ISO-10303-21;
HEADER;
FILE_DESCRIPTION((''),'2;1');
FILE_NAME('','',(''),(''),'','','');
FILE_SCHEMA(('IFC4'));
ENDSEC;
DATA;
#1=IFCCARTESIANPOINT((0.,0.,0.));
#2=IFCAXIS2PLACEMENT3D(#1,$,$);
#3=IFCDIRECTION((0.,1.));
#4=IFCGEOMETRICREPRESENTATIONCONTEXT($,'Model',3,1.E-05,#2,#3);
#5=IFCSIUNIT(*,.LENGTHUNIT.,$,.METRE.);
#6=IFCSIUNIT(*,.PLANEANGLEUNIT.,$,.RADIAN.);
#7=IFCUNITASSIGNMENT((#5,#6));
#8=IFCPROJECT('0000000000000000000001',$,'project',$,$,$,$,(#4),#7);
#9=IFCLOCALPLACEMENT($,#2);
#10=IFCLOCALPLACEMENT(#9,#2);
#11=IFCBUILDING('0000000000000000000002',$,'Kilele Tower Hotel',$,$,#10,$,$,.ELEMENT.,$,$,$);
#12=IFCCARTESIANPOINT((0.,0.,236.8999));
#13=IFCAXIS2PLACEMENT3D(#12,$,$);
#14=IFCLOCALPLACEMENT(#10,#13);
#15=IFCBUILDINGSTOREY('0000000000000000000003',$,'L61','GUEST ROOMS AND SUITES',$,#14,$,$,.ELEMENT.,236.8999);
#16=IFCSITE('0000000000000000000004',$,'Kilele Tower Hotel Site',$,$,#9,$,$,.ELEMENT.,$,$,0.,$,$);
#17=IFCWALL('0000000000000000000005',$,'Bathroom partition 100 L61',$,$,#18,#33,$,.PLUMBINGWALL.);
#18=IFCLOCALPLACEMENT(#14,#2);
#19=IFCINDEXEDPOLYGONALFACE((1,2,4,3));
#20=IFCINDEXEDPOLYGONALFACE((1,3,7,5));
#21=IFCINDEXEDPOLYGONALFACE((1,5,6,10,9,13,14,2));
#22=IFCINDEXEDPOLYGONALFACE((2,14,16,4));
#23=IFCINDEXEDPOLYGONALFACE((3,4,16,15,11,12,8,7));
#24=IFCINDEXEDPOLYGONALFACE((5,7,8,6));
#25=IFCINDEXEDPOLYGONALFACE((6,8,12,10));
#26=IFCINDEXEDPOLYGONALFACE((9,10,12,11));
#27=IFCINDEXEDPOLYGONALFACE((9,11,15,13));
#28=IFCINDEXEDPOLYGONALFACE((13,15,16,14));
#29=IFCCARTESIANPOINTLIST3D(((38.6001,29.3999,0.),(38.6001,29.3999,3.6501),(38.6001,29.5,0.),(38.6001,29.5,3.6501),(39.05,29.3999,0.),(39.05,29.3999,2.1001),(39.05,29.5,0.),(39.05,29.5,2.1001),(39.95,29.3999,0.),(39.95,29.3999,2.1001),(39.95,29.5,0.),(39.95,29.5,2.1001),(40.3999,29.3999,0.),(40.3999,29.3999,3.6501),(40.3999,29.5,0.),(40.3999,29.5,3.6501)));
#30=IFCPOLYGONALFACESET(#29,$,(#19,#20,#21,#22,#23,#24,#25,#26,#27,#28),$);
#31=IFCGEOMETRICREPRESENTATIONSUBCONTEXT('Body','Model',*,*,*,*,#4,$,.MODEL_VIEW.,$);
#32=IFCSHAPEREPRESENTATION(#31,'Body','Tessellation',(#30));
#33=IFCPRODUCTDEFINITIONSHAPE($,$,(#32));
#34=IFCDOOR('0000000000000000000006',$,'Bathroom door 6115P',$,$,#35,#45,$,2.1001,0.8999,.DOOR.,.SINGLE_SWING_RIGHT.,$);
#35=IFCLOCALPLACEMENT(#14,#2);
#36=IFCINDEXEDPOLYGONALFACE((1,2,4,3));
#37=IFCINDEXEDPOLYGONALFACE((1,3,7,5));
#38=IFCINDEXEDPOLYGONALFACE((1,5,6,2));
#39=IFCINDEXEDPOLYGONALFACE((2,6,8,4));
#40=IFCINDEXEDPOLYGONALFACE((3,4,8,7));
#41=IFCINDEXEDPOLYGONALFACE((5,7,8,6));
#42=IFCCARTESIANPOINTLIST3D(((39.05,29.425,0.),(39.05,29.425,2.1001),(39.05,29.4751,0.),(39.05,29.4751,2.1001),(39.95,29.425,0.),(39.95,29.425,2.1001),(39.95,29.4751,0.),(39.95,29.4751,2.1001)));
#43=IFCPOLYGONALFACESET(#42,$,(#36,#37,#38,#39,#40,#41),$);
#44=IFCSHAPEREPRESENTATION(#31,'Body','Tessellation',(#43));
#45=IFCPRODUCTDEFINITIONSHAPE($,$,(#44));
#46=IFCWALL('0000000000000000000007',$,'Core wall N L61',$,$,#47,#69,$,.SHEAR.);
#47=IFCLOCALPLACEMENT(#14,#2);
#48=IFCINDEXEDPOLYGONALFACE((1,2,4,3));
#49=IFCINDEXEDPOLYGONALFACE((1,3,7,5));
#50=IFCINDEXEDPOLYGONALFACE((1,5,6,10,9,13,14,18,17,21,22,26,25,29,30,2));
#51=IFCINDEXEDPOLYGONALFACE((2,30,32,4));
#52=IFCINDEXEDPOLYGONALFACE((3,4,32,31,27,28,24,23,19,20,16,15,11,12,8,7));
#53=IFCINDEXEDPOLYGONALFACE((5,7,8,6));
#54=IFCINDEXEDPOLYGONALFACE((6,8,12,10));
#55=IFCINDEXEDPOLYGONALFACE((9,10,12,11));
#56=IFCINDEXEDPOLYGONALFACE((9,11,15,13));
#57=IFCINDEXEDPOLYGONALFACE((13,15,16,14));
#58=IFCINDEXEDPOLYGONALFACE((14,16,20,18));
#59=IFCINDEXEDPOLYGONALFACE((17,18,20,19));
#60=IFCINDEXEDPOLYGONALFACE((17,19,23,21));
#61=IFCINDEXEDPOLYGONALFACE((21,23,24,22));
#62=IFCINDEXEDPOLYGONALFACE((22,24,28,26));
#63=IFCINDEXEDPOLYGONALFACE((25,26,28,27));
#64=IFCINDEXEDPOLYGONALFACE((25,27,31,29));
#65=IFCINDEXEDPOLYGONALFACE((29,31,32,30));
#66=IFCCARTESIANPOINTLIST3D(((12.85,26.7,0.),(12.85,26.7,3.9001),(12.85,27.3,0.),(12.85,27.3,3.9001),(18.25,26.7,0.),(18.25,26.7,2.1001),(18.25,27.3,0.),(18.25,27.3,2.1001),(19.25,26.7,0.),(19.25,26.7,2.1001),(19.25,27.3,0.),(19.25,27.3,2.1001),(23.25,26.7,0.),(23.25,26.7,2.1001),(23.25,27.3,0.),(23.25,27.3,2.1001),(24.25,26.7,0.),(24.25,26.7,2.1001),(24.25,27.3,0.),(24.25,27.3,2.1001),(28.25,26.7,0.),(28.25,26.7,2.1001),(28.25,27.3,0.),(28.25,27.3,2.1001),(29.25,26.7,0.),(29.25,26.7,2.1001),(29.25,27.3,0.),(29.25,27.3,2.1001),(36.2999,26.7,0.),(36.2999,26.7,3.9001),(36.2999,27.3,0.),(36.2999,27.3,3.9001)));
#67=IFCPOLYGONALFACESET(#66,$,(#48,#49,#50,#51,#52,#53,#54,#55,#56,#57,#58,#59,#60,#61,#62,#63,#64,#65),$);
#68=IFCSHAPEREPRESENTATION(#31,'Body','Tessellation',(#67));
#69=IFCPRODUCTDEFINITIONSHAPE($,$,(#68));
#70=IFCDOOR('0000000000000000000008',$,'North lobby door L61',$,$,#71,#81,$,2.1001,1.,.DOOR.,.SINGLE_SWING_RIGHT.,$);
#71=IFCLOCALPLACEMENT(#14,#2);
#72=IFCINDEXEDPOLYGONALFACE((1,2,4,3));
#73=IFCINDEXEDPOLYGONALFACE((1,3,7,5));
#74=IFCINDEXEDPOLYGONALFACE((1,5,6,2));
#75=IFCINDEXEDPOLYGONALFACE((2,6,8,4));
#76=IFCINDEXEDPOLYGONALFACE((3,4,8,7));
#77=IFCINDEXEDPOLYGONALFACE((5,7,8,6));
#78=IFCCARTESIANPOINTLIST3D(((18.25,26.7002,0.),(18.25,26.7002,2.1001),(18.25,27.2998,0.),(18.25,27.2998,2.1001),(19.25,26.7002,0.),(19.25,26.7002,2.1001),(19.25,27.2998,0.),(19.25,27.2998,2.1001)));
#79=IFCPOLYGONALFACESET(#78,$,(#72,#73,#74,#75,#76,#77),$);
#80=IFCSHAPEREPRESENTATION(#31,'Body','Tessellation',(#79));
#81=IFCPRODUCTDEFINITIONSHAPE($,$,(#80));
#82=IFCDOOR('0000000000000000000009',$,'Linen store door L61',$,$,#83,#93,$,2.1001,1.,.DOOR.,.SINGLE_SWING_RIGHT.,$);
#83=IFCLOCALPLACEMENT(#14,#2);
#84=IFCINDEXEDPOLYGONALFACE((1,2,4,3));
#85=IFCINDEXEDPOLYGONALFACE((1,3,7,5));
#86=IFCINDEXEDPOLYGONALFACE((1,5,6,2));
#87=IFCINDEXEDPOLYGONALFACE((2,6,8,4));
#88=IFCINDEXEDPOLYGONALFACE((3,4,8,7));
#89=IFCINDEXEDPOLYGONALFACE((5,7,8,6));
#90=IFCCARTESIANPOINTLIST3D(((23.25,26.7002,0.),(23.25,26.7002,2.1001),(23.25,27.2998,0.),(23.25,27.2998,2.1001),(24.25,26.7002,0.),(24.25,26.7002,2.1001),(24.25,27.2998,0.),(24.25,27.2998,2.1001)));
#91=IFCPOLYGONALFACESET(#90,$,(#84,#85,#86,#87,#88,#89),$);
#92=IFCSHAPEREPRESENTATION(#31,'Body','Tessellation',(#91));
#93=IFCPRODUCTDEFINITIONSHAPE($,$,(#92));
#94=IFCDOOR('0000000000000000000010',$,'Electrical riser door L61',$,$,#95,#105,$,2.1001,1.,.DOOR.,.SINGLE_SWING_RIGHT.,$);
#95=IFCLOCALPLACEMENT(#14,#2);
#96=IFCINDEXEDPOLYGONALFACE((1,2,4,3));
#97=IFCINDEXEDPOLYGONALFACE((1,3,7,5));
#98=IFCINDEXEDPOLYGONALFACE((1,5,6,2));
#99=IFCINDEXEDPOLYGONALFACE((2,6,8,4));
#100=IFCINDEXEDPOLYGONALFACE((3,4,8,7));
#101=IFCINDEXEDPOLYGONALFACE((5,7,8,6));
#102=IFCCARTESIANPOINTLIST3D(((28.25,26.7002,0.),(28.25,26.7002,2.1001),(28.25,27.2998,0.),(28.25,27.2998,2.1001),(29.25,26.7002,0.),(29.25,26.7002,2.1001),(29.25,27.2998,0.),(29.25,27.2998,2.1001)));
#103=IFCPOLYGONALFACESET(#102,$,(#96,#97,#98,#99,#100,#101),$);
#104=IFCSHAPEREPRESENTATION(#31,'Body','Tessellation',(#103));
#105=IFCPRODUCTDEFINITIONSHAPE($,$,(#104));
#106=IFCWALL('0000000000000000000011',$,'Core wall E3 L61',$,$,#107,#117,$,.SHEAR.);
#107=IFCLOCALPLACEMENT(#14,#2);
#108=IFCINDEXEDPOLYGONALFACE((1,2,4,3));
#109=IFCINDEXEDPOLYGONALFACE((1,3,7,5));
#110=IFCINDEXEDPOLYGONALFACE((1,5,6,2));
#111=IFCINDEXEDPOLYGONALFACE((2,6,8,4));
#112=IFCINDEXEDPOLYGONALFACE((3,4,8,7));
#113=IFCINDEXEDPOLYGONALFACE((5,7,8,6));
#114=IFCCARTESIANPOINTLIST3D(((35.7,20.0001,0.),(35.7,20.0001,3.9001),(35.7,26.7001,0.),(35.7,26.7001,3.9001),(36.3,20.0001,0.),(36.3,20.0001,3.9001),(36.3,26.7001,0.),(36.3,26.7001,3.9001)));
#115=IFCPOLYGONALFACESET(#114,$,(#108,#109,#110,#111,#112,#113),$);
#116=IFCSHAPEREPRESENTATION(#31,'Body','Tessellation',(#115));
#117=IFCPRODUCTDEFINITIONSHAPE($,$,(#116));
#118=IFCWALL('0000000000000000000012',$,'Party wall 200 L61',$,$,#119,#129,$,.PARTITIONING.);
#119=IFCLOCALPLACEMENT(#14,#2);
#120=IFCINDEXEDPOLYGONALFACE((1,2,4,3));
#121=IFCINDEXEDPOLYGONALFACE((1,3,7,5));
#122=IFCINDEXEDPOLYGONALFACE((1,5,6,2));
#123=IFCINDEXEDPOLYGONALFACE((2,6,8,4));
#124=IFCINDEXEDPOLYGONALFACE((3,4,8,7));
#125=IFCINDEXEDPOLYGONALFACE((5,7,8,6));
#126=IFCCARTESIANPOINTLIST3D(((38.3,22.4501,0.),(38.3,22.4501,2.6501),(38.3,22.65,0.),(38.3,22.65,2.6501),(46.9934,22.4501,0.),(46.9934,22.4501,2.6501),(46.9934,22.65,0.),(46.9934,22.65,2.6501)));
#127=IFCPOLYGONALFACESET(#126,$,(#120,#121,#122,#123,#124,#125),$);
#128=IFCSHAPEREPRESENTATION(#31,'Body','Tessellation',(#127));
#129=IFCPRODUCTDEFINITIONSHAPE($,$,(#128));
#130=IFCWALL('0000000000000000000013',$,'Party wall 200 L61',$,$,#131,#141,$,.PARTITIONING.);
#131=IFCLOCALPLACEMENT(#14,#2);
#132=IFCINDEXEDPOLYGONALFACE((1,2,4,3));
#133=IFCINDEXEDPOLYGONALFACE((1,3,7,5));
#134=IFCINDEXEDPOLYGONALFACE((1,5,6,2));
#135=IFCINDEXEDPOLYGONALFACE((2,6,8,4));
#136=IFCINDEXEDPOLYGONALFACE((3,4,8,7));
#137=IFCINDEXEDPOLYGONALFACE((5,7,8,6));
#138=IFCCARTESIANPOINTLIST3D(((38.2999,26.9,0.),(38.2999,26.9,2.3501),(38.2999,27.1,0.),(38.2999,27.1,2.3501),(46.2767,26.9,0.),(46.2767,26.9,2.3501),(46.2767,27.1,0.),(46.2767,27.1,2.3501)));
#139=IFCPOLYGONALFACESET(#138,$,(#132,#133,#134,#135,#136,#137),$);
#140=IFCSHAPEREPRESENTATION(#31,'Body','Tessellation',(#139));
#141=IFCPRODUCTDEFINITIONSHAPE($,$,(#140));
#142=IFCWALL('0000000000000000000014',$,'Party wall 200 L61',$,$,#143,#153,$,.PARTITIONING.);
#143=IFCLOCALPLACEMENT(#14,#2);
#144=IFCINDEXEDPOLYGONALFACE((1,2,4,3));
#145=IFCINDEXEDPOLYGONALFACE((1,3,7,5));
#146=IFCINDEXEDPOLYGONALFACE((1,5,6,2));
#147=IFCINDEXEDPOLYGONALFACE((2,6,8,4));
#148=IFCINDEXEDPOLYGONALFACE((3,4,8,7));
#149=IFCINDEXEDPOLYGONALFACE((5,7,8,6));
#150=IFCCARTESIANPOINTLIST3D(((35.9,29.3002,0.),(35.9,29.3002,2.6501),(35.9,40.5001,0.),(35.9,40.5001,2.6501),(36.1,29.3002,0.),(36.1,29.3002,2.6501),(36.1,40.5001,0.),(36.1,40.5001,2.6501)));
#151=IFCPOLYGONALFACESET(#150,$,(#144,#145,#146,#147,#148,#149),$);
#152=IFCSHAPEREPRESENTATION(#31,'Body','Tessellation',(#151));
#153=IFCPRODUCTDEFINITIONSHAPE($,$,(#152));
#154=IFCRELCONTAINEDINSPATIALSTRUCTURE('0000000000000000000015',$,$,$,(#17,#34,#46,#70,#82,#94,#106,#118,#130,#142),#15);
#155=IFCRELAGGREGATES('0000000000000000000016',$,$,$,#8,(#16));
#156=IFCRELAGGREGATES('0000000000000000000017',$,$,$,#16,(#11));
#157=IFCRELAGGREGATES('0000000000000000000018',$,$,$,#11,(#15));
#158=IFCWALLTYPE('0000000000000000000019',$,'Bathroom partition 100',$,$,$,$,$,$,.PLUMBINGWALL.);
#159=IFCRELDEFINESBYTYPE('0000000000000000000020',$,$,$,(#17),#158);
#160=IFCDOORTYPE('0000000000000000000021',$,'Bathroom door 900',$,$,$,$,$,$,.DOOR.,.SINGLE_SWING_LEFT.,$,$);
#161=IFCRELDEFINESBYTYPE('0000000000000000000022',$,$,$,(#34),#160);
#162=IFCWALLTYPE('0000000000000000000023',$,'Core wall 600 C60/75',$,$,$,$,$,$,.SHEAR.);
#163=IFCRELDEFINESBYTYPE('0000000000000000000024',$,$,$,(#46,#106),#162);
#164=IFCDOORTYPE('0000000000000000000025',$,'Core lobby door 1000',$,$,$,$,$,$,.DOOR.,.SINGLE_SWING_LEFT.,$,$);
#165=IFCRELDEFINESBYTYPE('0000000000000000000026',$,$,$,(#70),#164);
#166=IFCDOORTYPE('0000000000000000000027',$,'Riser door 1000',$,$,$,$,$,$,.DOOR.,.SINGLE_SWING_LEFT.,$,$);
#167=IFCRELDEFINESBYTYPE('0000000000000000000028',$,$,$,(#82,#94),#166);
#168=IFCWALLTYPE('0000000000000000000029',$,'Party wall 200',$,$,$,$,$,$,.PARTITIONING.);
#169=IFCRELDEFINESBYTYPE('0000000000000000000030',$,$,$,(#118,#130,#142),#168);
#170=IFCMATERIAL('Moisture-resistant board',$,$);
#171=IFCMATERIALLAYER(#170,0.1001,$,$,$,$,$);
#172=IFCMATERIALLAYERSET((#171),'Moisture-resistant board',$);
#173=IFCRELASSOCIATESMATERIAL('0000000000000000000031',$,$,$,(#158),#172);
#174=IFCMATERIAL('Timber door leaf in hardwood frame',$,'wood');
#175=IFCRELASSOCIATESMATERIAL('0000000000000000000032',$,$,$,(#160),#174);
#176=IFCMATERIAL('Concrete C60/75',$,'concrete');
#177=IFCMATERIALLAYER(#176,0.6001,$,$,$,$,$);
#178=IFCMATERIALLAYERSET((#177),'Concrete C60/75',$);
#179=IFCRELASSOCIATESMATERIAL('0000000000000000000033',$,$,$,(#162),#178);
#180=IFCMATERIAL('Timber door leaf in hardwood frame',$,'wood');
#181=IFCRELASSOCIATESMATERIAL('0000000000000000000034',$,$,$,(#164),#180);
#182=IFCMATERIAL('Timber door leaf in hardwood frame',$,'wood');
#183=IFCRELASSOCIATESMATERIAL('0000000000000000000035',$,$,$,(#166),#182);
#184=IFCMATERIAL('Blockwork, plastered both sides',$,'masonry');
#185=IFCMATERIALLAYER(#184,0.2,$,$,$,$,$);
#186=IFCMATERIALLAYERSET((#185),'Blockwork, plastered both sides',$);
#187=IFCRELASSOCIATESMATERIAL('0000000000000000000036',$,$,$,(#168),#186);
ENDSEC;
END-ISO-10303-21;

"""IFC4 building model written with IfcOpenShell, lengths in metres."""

from ifc_helpers import new_model, si_unit, direction, frame, frame_2d, origin, place, context, subcontext, project, spatial, rectangle, extrude, material, layer, layer_set, type_object, element, fill, save


model = new_model("IFC4")

# Units and contexts
model_context = context("Model", 3, precision=1e-05, world=origin(), true_north=direction((0.0, 1.0)))
body_context = subcontext(model_context, "Body", "Model", "MODEL_VIEW")
ifc_project = project(units=[si_unit("LENGTHUNIT", "METRE"), si_unit("PLANEANGLEUNIT", "RADIAN")], contexts=[model_context])

# Site, building, storey
site_placement = place(None, origin())
site = spatial("IfcSite", under=ifc_project, at=site_placement, Name="Kilele Tower Hotel Site", CompositionType="ELEMENT", RefElevation=0.0)
building_placement = place(site_placement, origin())
building = spatial("IfcBuilding", under=site, at=building_placement, Name="Kilele Tower Hotel", CompositionType="ELEMENT")
storey_placement = place(building_placement, frame((0.0, 0.0, 236.8999)))
storey = spatial("IfcBuildingStorey", under=building, at=storey_placement, Name="L61", Description="GUEST ROOMS AND SUITES", CompositionType="ELEMENT", Elevation=236.8999)

# Shared definitions
ifc_material_1 = material(Name="Moisture-resistant board")
ifc_layer_1 = layer(ifc_material_1, 0.1001)
ifc_layer_set_1 = layer_set([ifc_layer_1], Name="Moisture-resistant board")
wall_type_1 = type_object("IfcWallType", Name="Bathroom partition 100", PredefinedType="PLUMBINGWALL", material=ifc_layer_set_1)

# Wall, opening, door
ifc_material_2 = material(Name="Timber door leaf in hardwood frame", Category="wood")
door_type_1 = type_object("IfcDoorType", Name="Bathroom door 900", OperationType="SINGLE_SWING_LEFT", PredefinedType="DOOR", material=ifc_material_2)
wall_1_placement = place(storey_placement, frame((38.6001, 29.45, 0.0), z_axis=(0.0, 0.0, 1.0), x_axis=(1.0, 0.0, 0.0)))
wall_1 = element("IfcWall", 1, at=wall_1_placement, inside=storey, type_object=wall_type_1, Name="Bathroom partition 100 L61", PredefinedType="PLUMBINGWALL", context=body_context, shape_type="SweptSolid", body=[
    extrude(rectangle(XDim=1.7998, YDim=0.1001, at=frame_2d((0.8999, 0.0))), origin(), (0.0, 0.0, 1.0), 3.6501),
])
opening_1_placement = place(wall_1_placement, frame((1.3499, 0.0, 0.0), z_axis=(0.0, 0.0, 1.0), x_axis=(-1.0, 0.0, 0.0)))
opening_1 = element("IfcOpeningElement", 2, at=opening_1_placement, cuts=wall_1, PredefinedType="OPENING", context=body_context, shape_type="SweptSolid", body=[
    extrude(rectangle(XDim=0.8999, YDim=2.1001, at=frame_2d((0.45, 1.05))), frame((0.0, 0.0601, 0.0), z_axis=(0.0, -1.0, 0.0), x_axis=(1.0, 0.0, 0.0)), (0.0, 0.0, 1.0), 0.1201),
])
door_1_placement = place(opening_1_placement, origin())
door_1 = element("IfcDoor", 3, at=door_1_placement, inside=storey, type_object=door_type_1, Name="Bathroom door 6115P", OperationType="SINGLE_SWING_RIGHT", OverallHeight=2.1001, OverallWidth=0.8999, PredefinedType="DOOR", context=body_context, shape_type="SweptSolid", body=[
    extrude(rectangle(XDim=0.8999, YDim=2.1001, at=frame_2d((0.45, 1.05))), frame((0.0, 0.0249, 0.0), z_axis=(0.0, -1.0, 0.0), x_axis=(1.0, 0.0, 0.0)), (0.0, 0.0, 1.0), 0.05),
])
fill(opening_1, door_1)

# Wall, openings, doors
ifc_material_3 = material(Name="Concrete C60/75", Category="concrete")
ifc_layer_2 = layer(ifc_material_3, 0.6001)
ifc_layer_set_2 = layer_set([ifc_layer_2], Name="Concrete C60/75")
wall_type_2 = type_object("IfcWallType", Name="Core wall 600 C60/75", PredefinedType="SHEAR", material=ifc_layer_set_2)
wall_2_placement = place(storey_placement, frame((36.3, 27.0, 0.0), z_axis=(0.0, 0.0, 1.0), x_axis=(-1.0, 0.0, 0.0)))
wall_2 = element("IfcWall", 4, at=wall_2_placement, inside=storey, type_object=wall_type_2, Name="Core wall N L61", PredefinedType="SHEAR", context=body_context, shape_type="SweptSolid", body=[
    extrude(rectangle(XDim=23.45, YDim=0.6001, at=frame_2d((11.7251, 0.0))), origin(), (0.0, 0.0, 1.0), 3.9001),
])
opening_2_placement = place(wall_2_placement, frame((17.05, 0.0, 0.0)))
opening_2 = element("IfcOpeningElement", 5, at=opening_2_placement, cuts=wall_2, PredefinedType="OPENING", context=body_context, shape_type="SweptSolid", body=[
    extrude(rectangle(XDim=1.0, YDim=2.1001, at=frame_2d((0.5, 1.05))), frame((0.0, 0.3101, 0.0), z_axis=(0.0, -1.0, 0.0), x_axis=(1.0, 0.0, 0.0)), (0.0, 0.0, 1.0), 0.6201),
])
opening_3_placement = place(wall_2_placement, frame((12.05, 0.0, 0.0)))
opening_3 = element("IfcOpeningElement", 6, at=opening_3_placement, cuts=wall_2, PredefinedType="OPENING", context=body_context, shape_type="SweptSolid", body=[
    extrude(rectangle(XDim=1.0, YDim=2.1001, at=frame_2d((0.5, 1.05))), frame((0.0, 0.3101, 0.0), z_axis=(0.0, -1.0, 0.0), x_axis=(1.0, 0.0, 0.0)), (0.0, 0.0, 1.0), 0.6201),
])
opening_4_placement = place(wall_2_placement, frame((7.05, 0.0, 0.0)))
opening_4 = element("IfcOpeningElement", 7, at=opening_4_placement, cuts=wall_2, PredefinedType="OPENING", context=body_context, shape_type="SweptSolid", body=[
    extrude(rectangle(XDim=1.0, YDim=2.1001, at=frame_2d((0.5, 1.05))), frame((0.0, 0.3101, 0.0), z_axis=(0.0, -1.0, 0.0), x_axis=(1.0, 0.0, 0.0)), (0.0, 0.0, 1.0), 0.6201),
])
ifc_material_4 = material(Name="Timber door leaf in hardwood frame", Category="wood")
door_type_2 = type_object("IfcDoorType", Name="Core lobby door 1000", OperationType="SINGLE_SWING_LEFT", PredefinedType="DOOR", material=ifc_material_4)
door_2_placement = place(opening_2_placement, origin())
door_2 = element("IfcDoor", 8, at=door_2_placement, inside=storey, type_object=door_type_2, Name="North lobby door L61", OperationType="SINGLE_SWING_RIGHT", OverallHeight=2.1001, OverallWidth=1.0, PredefinedType="DOOR", context=body_context, shape_type="SweptSolid", body=[
    extrude(rectangle(XDim=1.0, YDim=2.1001, at=frame_2d((0.5, 1.05))), frame((0.0, 0.2998, 0.0), z_axis=(0.0, -1.0, 0.0), x_axis=(1.0, 0.0, 0.0)), (0.0, 0.0, 1.0), 0.5996),
])
fill(opening_2, door_2)
ifc_material_5 = material(Name="Timber door leaf in hardwood frame", Category="wood")
door_type_3 = type_object("IfcDoorType", Name="Riser door 1000", OperationType="SINGLE_SWING_LEFT", PredefinedType="DOOR", material=ifc_material_5)
door_3_placement = place(opening_3_placement, origin())
door_3 = element("IfcDoor", 9, at=door_3_placement, inside=storey, type_object=door_type_3, Name="Linen store door L61", OperationType="SINGLE_SWING_RIGHT", OverallHeight=2.1001, OverallWidth=1.0, PredefinedType="DOOR", context=body_context, shape_type="SweptSolid", body=[
    extrude(rectangle(XDim=1.0, YDim=2.1001, at=frame_2d((0.5, 1.05))), frame((0.0, 0.2998, 0.0), z_axis=(0.0, -1.0, 0.0), x_axis=(1.0, 0.0, 0.0)), (0.0, 0.0, 1.0), 0.5996),
])
fill(opening_3, door_3)
door_4_placement = place(opening_4_placement, origin())
door_4 = element("IfcDoor", 10, at=door_4_placement, inside=storey, type_object=door_type_3, Name="Electrical riser door L61", OperationType="SINGLE_SWING_RIGHT", OverallHeight=2.1001, OverallWidth=1.0, PredefinedType="DOOR", context=body_context, shape_type="SweptSolid", body=[
    extrude(rectangle(XDim=1.0, YDim=2.1001, at=frame_2d((0.5, 1.05))), frame((0.0, 0.2998, 0.0), z_axis=(0.0, -1.0, 0.0), x_axis=(1.0, 0.0, 0.0)), (0.0, 0.0, 1.0), 0.5996),
])
fill(opening_4, door_4)

# Walls
wall_3_placement = place(storey_placement, frame((36.0, 20.0, 0.0), z_axis=(0.0, 0.0, 1.0), x_axis=(0.0, 1.0, 0.0)))
element("IfcWall", 11, at=wall_3_placement, inside=storey, type_object=wall_type_2, Name="Core wall E3 L61", PredefinedType="SHEAR", context=body_context, shape_type="SweptSolid", body=[
    extrude(rectangle(XDim=6.7, YDim=0.6001, at=frame_2d((3.3501, 0.0))), origin(), (0.0, 0.0, 1.0), 3.9001),
])
ifc_material_6 = material(Name="Blockwork, plastered both sides", Category="masonry")
ifc_layer_3 = layer(ifc_material_6, 0.2)
ifc_layer_set_3 = layer_set([ifc_layer_3], Name="Blockwork, plastered both sides")
wall_type_3 = type_object("IfcWallType", Name="Party wall 200", PredefinedType="PARTITIONING", material=ifc_layer_set_3)
wall_4_placement = place(storey_placement, frame((38.3, 22.55, 0.0), z_axis=(0.0, 0.0, 1.0), x_axis=(1.0, 0.0, 0.0)))
element("IfcWall", 12, at=wall_4_placement, inside=storey, type_object=wall_type_3, Name="Party wall 200 L61", PredefinedType="PARTITIONING", context=body_context, shape_type="SweptSolid", body=[
    extrude(rectangle(XDim=8.6934, YDim=0.2, at=frame_2d((4.3467, 0.0))), origin(), (0.0, 0.0, 1.0), 2.6501),
])
wall_5_placement = place(storey_placement, frame((38.3, 27.0, 0.0), z_axis=(0.0, 0.0, 1.0), x_axis=(1.0, 0.0, 0.0)))
element("IfcWall", 13, at=wall_5_placement, inside=storey, type_object=wall_type_3, Name="Party wall 200 L61", PredefinedType="PARTITIONING", context=body_context, shape_type="SweptSolid", body=[
    extrude(rectangle(XDim=7.9768, YDim=0.2, at=frame_2d((3.9883, 0.0))), origin(), (0.0, 0.0, 1.0), 2.3501),
])
wall_6_placement = place(storey_placement, frame((36.0, 29.3, 0.0), z_axis=(0.0, 0.0, 1.0), x_axis=(0.0, 1.0, 0.0)))
element("IfcWall", 14, at=wall_6_placement, inside=storey, type_object=wall_type_3, Name="Party wall 200 L61", PredefinedType="PARTITIONING", context=body_context, shape_type="SweptSolid", body=[
    extrude(rectangle(XDim=11.2, YDim=0.2, at=frame_2d((5.6001, 0.0))), origin(), (0.0, 0.0, 1.0), 2.6501),
])

save(model, "model.ifc")
